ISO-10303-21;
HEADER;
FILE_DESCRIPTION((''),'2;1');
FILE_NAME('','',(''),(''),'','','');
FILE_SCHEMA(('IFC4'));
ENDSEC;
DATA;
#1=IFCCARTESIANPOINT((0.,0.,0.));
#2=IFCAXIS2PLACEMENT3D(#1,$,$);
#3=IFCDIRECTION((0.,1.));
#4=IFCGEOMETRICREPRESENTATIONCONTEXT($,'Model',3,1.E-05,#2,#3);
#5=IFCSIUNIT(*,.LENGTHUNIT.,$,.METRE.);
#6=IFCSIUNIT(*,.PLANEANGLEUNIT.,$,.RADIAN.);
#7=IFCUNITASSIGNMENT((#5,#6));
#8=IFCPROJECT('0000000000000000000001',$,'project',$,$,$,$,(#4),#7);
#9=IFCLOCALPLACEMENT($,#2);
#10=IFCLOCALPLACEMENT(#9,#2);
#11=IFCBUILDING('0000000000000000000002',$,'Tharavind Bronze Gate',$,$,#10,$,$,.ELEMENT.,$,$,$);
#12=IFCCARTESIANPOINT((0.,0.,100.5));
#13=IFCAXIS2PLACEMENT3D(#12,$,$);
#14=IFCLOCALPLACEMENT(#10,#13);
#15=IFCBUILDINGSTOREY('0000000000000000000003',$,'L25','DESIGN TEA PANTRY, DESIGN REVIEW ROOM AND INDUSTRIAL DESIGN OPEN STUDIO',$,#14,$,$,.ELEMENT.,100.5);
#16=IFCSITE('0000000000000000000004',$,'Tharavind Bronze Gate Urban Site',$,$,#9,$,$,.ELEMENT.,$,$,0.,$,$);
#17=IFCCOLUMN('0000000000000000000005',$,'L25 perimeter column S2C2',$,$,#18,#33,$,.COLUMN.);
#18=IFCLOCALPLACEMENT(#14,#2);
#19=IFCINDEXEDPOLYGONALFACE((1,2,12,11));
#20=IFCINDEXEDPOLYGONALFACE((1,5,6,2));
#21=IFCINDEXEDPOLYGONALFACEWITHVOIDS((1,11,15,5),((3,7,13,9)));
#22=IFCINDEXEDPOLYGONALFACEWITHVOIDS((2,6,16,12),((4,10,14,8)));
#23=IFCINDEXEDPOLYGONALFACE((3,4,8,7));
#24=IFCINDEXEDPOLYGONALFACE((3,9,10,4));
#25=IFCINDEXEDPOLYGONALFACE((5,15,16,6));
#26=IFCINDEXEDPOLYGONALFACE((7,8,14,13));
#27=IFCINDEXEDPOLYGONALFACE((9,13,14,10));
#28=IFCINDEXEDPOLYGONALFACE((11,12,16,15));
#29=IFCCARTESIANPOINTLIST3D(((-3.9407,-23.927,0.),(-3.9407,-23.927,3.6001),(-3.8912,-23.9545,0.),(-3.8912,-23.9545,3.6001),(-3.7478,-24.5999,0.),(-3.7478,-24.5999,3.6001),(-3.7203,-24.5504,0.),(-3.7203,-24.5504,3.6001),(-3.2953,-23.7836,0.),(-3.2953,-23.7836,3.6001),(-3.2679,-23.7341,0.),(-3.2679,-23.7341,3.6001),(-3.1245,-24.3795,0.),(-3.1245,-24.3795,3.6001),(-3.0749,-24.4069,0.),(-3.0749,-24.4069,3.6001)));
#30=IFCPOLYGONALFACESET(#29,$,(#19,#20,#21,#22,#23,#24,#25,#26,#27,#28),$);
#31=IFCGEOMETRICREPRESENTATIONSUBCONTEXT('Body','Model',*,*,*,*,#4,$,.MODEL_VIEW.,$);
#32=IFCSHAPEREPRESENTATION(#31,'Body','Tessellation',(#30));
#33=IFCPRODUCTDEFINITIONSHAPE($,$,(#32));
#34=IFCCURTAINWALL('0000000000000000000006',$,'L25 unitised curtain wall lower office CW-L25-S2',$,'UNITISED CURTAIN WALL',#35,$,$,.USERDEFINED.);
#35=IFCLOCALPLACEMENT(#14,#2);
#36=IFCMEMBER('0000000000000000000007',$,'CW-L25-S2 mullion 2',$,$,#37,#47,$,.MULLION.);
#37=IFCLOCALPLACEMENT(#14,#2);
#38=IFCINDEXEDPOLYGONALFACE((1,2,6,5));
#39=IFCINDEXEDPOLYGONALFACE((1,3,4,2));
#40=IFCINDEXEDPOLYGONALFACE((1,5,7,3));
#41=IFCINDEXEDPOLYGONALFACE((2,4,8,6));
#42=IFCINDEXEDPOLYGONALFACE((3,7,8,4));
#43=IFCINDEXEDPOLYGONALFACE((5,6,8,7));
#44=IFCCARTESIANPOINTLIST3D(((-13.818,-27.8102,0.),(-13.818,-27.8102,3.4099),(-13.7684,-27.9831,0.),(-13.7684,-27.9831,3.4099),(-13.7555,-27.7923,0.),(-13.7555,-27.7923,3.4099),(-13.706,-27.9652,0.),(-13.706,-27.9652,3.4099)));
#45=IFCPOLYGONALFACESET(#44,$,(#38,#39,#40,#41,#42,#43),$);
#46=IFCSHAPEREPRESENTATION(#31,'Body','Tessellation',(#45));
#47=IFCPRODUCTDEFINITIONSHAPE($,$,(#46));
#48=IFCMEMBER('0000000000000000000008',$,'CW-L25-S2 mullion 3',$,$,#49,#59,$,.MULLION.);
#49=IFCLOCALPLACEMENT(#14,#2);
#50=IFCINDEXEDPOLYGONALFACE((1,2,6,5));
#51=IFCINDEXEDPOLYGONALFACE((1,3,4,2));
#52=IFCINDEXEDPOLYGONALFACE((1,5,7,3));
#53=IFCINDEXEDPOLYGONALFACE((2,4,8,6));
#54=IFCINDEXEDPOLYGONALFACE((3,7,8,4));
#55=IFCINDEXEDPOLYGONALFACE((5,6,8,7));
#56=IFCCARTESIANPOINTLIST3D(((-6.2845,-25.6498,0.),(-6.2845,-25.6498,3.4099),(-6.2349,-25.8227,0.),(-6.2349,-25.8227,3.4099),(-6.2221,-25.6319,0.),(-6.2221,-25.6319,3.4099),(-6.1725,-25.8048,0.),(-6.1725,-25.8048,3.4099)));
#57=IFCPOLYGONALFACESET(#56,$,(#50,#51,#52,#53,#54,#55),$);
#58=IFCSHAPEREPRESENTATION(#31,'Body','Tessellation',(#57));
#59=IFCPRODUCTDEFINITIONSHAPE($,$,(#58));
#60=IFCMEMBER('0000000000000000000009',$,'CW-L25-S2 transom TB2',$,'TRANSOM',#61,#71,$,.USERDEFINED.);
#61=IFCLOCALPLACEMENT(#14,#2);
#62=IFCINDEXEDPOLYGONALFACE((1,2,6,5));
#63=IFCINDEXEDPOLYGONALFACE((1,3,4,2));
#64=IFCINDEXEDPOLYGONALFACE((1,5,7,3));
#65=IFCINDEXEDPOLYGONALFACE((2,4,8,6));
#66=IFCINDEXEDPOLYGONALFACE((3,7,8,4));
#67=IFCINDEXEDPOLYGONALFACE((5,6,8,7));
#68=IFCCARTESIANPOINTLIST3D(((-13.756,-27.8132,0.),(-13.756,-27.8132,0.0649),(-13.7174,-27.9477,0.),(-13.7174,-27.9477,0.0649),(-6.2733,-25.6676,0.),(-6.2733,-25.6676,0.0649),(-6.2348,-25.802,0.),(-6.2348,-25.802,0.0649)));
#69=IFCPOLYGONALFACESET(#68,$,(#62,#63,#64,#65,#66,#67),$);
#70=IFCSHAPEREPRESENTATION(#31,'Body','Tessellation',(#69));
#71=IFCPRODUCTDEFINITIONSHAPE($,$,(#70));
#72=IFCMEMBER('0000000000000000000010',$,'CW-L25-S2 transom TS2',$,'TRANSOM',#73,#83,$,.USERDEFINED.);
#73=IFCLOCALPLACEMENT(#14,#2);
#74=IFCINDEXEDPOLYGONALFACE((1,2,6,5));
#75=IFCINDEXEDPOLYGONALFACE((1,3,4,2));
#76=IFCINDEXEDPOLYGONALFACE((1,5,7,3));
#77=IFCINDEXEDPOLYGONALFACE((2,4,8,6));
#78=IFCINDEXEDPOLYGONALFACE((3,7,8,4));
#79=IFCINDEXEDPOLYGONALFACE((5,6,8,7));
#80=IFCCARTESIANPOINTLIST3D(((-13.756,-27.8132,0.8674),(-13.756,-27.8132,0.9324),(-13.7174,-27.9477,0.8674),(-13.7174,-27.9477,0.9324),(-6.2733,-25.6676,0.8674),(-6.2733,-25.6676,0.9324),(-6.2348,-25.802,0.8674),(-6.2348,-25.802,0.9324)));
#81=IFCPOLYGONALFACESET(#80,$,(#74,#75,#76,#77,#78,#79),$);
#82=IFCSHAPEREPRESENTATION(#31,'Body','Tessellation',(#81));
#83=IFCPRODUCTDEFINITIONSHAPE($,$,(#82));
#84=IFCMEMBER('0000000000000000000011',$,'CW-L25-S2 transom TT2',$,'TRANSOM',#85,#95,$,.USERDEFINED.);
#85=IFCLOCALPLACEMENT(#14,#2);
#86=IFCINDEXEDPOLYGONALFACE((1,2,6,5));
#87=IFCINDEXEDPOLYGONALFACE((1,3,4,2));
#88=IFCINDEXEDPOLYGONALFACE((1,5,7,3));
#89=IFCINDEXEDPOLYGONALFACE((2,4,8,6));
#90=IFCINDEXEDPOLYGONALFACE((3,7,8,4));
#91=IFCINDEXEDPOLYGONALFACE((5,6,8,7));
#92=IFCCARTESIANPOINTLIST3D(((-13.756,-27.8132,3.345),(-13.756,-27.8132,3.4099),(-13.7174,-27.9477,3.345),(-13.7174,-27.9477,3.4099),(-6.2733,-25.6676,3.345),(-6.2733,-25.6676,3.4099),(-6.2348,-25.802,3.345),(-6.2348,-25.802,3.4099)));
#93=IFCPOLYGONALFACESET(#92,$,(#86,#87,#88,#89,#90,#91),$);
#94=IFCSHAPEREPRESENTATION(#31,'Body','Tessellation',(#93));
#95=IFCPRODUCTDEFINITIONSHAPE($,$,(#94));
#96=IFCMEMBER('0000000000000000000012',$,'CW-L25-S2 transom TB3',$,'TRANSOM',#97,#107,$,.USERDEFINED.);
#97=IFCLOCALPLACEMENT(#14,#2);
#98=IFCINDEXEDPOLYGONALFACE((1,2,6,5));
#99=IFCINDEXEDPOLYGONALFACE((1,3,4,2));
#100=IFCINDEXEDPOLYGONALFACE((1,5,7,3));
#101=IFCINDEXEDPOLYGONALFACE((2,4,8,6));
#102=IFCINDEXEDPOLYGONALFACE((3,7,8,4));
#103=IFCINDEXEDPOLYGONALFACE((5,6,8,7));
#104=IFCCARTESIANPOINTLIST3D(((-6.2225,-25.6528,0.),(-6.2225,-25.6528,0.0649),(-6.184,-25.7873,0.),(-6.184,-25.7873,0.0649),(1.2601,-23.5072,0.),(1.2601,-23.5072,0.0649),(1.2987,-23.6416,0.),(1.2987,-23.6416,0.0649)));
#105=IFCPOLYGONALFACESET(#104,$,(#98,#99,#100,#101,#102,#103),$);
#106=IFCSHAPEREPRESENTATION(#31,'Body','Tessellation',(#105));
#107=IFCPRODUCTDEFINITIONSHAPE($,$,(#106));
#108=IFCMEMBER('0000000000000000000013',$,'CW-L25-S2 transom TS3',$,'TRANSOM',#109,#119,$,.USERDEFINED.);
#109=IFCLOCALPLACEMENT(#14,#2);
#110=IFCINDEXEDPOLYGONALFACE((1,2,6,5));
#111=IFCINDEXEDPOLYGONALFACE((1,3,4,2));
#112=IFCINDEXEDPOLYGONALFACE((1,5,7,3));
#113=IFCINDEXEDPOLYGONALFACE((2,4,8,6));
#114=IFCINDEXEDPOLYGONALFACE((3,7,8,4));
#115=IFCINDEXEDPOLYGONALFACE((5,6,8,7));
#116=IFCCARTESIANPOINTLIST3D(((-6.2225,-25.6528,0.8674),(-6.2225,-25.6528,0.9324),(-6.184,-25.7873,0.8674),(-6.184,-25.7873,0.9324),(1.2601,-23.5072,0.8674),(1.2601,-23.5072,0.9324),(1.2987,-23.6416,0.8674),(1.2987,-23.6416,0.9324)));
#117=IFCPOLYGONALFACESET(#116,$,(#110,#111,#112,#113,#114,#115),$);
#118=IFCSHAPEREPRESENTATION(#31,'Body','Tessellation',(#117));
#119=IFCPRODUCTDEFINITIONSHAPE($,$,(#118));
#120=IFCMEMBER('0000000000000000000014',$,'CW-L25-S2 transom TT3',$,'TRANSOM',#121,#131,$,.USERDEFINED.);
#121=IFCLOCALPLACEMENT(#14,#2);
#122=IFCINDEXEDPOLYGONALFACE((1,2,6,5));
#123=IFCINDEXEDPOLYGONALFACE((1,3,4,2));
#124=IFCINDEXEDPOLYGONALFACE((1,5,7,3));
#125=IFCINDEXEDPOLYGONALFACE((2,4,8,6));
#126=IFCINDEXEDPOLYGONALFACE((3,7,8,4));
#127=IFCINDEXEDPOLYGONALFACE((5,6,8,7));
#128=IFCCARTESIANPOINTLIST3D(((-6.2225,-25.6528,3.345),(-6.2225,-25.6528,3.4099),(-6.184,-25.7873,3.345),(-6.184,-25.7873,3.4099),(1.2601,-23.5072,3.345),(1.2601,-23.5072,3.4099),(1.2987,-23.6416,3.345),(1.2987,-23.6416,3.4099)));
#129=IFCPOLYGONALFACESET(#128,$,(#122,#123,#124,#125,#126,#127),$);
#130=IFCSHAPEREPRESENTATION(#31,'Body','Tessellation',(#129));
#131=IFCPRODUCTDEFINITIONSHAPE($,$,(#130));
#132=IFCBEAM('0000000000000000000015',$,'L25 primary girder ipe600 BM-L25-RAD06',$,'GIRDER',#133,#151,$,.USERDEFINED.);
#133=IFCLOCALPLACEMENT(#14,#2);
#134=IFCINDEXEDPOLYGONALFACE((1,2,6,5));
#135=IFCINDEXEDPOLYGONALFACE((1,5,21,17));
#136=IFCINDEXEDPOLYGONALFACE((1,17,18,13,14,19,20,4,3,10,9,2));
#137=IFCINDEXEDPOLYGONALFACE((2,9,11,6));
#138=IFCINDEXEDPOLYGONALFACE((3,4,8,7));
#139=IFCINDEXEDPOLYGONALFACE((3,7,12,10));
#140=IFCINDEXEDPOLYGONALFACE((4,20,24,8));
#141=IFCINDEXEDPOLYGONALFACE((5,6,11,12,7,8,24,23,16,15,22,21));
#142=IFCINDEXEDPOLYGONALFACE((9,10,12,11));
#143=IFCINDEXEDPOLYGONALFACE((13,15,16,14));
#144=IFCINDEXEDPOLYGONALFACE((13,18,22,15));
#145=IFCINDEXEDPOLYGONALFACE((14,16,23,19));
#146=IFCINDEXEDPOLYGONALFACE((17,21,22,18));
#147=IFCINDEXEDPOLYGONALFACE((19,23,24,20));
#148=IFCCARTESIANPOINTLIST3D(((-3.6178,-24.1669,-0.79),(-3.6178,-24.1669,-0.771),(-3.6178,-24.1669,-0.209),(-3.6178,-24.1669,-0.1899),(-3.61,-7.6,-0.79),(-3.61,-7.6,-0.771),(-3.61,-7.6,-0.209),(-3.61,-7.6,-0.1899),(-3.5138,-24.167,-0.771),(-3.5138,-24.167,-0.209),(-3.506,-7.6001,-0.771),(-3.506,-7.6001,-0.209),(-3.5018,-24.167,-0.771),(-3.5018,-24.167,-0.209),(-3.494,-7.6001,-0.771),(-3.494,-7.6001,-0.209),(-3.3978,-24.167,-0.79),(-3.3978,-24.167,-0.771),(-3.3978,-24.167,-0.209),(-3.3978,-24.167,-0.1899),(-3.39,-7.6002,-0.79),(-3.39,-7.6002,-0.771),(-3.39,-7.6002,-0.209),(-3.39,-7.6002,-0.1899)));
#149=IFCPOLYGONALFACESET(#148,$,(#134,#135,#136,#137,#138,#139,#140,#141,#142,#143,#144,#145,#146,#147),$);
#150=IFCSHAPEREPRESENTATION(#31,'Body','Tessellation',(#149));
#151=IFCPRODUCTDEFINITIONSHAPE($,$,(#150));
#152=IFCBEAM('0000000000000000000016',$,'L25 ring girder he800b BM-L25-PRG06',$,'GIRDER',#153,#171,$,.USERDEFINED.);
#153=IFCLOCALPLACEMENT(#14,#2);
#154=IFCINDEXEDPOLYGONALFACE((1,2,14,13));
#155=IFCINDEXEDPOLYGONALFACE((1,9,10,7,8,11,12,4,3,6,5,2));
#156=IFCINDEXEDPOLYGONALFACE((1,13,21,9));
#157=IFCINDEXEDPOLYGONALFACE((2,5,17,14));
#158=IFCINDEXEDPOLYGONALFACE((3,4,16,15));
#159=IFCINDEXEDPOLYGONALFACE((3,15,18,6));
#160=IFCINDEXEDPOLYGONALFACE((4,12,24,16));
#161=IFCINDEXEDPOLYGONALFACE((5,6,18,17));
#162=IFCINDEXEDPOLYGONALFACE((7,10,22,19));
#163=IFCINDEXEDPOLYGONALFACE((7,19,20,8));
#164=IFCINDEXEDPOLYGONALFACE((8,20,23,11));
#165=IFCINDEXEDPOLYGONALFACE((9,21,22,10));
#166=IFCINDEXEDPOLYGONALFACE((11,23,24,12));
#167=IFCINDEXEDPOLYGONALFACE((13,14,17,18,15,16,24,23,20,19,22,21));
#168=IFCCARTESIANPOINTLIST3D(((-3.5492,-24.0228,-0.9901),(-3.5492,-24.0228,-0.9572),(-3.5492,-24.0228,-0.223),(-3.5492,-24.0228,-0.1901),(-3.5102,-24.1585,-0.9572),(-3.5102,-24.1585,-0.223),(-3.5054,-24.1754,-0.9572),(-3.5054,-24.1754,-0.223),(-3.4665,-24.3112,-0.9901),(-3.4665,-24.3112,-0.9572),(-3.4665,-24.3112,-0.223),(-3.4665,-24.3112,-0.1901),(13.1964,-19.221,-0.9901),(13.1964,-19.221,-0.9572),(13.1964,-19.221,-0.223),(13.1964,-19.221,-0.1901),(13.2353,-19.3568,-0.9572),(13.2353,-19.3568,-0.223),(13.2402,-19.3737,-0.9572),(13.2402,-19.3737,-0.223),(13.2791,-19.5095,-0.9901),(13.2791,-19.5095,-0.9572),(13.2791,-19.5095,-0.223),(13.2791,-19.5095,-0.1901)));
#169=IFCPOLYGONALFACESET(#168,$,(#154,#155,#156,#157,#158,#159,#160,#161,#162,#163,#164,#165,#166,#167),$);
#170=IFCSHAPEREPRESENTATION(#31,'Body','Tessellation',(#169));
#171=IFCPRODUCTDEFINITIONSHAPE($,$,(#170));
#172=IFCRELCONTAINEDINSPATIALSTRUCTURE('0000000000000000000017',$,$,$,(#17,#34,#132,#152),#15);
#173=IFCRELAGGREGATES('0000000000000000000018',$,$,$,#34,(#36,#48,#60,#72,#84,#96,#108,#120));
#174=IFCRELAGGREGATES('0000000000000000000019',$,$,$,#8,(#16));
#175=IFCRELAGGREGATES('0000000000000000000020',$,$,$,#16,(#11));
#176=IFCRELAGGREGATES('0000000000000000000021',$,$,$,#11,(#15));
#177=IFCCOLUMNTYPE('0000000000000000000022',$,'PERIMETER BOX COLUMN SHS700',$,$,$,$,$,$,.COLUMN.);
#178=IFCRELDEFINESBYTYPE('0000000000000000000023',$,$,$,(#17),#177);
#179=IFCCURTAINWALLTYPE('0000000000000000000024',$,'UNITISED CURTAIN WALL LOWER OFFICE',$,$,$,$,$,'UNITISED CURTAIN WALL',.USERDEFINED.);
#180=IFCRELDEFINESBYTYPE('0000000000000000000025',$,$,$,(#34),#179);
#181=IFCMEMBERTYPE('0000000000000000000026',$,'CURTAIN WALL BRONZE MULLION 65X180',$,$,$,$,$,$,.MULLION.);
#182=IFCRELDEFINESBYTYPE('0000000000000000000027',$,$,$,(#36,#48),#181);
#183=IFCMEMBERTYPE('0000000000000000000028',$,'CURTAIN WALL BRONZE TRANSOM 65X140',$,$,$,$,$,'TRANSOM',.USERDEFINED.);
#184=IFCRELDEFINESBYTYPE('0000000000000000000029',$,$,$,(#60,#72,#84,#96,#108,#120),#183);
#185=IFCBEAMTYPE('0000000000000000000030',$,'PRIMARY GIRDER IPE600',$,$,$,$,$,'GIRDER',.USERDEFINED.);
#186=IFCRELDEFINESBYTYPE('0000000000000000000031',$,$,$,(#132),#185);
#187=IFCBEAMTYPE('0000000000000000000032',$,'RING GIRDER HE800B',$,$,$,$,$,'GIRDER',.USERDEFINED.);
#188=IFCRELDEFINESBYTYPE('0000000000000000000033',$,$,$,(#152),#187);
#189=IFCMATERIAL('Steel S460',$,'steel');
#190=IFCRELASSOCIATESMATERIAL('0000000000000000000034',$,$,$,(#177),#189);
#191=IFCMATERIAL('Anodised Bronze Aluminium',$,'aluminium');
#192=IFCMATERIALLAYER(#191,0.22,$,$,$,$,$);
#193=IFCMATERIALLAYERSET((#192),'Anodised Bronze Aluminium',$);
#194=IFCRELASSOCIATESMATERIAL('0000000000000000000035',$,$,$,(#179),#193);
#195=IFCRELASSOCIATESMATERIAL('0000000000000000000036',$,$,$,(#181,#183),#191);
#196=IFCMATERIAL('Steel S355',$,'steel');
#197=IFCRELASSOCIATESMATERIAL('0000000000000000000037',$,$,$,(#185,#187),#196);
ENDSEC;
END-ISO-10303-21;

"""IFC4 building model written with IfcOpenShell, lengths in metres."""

from ifc_helpers import new_model, si_unit, direction, frame, origin, origin_2d, place, context, subcontext, project, spatial, rectangle, hollow_rectangle, i_section, extrude, material, layer, layer_set, material_profile, profile_set, type_object, element, aggregate, save


model = new_model("IFC4")

# Units and contexts
model_context = context("Model", 3, precision=1e-05, world=origin(), true_north=direction((0.0, 1.0)))
body_context = subcontext(model_context, "Body", "Model", "MODEL_VIEW")
ifc_project = project(units=[si_unit("LENGTHUNIT", "METRE"), si_unit("PLANEANGLEUNIT", "RADIAN")], contexts=[model_context])

# Site, building, storey
site_placement = place(None, origin())
site = spatial("IfcSite", under=ifc_project, at=site_placement, Name="Tharavind Bronze Gate Urban Site", CompositionType="ELEMENT", RefElevation=0.0)
building_placement = place(site_placement, origin())
building = spatial("IfcBuilding", under=site, at=building_placement, Name="Tharavind Bronze Gate", CompositionType="ELEMENT")
storey_placement = place(building_placement, frame((0.0, 0.0, 100.5)))
storey = spatial("IfcBuildingStorey", under=building, at=storey_placement, Name="L25", Description="DESIGN TEA PANTRY, DESIGN REVIEW ROOM AND INDUSTRIAL DESIGN OPEN STUDIO", CompositionType="ELEMENT", Elevation=100.5)

# Column
ifc_material_1 = material(Name="Steel S460", Category="steel")
ifc_material_profile_1 = material_profile(ifc_material_1, hollow_rectangle(XDim=0.7, YDim=0.7, WallThickness=0.04, at=origin_2d()), Name="SHS700X40")
ifc_profile_set_1 = profile_set([ifc_material_profile_1], Name="Steel S460")
column_type = type_object("IfcColumnType", Name="PERIMETER BOX COLUMN SHS700", PredefinedType="COLUMN", material=ifc_profile_set_1)
column_placement = place(storey_placement, frame((-3.5078, -24.167, 0.0), z_axis=(0.0, 0.0, 1.0), x_axis=(0.961262, 0.275637, 0.0)))
element("IfcColumn", 1, at=column_placement, inside=storey, type_object=column_type, Name="L25 perimeter column S2C2", PredefinedType="COLUMN", context=body_context, shape_type="SweptSolid", body=[
    extrude(hollow_rectangle(XDim=0.7, YDim=0.7, WallThickness=0.04, at=origin_2d()), origin(), (0.0, 0.0, 1.0), 3.6001),
])

# Curtain wall, members
ifc_material_2 = material(Name="Anodised Bronze Aluminium", Category="aluminium")
ifc_layer_1 = layer(ifc_material_2, 0.22)
ifc_layer_set_1 = layer_set([ifc_layer_1], Name="Anodised Bronze Aluminium")
curtain_wall_type = type_object("IfcCurtainWallType", Name="UNITISED CURTAIN WALL LOWER OFFICE", ElementType="UNITISED CURTAIN WALL", PredefinedType="USERDEFINED", material=ifc_layer_set_1)
curtain_wall_placement = place(storey_placement, origin())
curtain_wall = element("IfcCurtainWall", 2, at=curtain_wall_placement, inside=storey, type_object=curtain_wall_type, Name="L25 unitised curtain wall lower office CW-L25-S2", ObjectType="UNITISED CURTAIN WALL", PredefinedType="USERDEFINED")
member_type_1 = type_object("IfcMemberType", Name="CURTAIN WALL BRONZE MULLION 65X180", PredefinedType="MULLION", material=ifc_material_2)
member_1_placement = place(storey_placement, frame((-13.762, -27.8877, 0.0), z_axis=(0.0, 0.0, 1.0), x_axis=(0.961262, 0.275637, 0.0)))
member_1 = element("IfcMember", 3, at=member_1_placement, type_object=member_type_1, Name="CW-L25-S2 mullion 2", PredefinedType="MULLION", context=body_context, shape_type="SweptSolid", body=[
    extrude(rectangle(XDim=0.0649, YDim=0.1799, at=origin_2d()), origin(), (0.0, 0.0, 1.0), 3.4099),
])
member_2_placement = place(storey_placement, frame((-6.2285, -25.7273, 0.0), z_axis=(0.0, 0.0, 1.0), x_axis=(0.961262, 0.275637, 0.0)))
member_2 = element("IfcMember", 4, at=member_2_placement, type_object=member_type_1, Name="CW-L25-S2 mullion 3", PredefinedType="MULLION", context=body_context, shape_type="SweptSolid", body=[
    extrude(rectangle(XDim=0.0649, YDim=0.1799, at=origin_2d()), origin(), (0.0, 0.0, 1.0), 3.4099),
])
member_type_2 = type_object("IfcMemberType", Name="CURTAIN WALL BRONZE TRANSOM 65X140", ElementType="TRANSOM", PredefinedType="USERDEFINED", material=ifc_material_2)
member_3_placement = place(storey_placement, frame((-9.9954, -26.8076, 0.0), z_axis=(0.0, 0.0, 1.0), x_axis=(0.961262, 0.275637, 0.0)))
member_3 = element("IfcMember", 5, at=member_3_placement, type_object=member_type_2, Name="CW-L25-S2 transom TB2", ObjectType="TRANSOM", PredefinedType="USERDEFINED", context=body_context, shape_type="SweptSolid", body=[
    extrude(rectangle(XDim=7.7842, YDim=0.1399, at=origin_2d()), origin(), (0.0, 0.0, 1.0), 0.0649),
])
member_4_placement = place(storey_placement, frame((-9.9954, -26.8076, 0.8674), z_axis=(0.0, 0.0, 1.0), x_axis=(0.961262, 0.275637, 0.0)))
member_4 = element("IfcMember", 6, at=member_4_placement, type_object=member_type_2, Name="CW-L25-S2 transom TS2", ObjectType="TRANSOM", PredefinedType="USERDEFINED", context=body_context, shape_type="SweptSolid", body=[
    extrude(rectangle(XDim=7.7842, YDim=0.1399, at=origin_2d()), origin(), (0.0, 0.0, 1.0), 0.0649),
])
member_5_placement = place(storey_placement, frame((-9.9954, -26.8076, 3.345), z_axis=(0.0, 0.0, 1.0), x_axis=(0.961262, 0.275637, 0.0)))
member_5 = element("IfcMember", 7, at=member_5_placement, type_object=member_type_2, Name="CW-L25-S2 transom TT2", ObjectType="TRANSOM", PredefinedType="USERDEFINED", context=body_context, shape_type="SweptSolid", body=[
    extrude(rectangle(XDim=7.7842, YDim=0.1399, at=origin_2d()), origin(), (0.0, 0.0, 1.0), 0.0649),
])
member_6_placement = place(storey_placement, frame((-2.4619, -24.6472, 0.0), z_axis=(0.0, 0.0, 1.0), x_axis=(0.961262, 0.275637, 0.0)))
member_6 = element("IfcMember", 8, at=member_6_placement, type_object=member_type_2, Name="CW-L25-S2 transom TB3", ObjectType="TRANSOM", PredefinedType="USERDEFINED", context=body_context, shape_type="SweptSolid", body=[
    extrude(rectangle(XDim=7.7842, YDim=0.1399, at=origin_2d()), origin(), (0.0, 0.0, 1.0), 0.0649),
])
member_7_placement = place(storey_placement, frame((-2.4619, -24.6472, 0.8674), z_axis=(0.0, 0.0, 1.0), x_axis=(0.961262, 0.275637, 0.0)))
member_7 = element("IfcMember", 9, at=member_7_placement, type_object=member_type_2, Name="CW-L25-S2 transom TS3", ObjectType="TRANSOM", PredefinedType="USERDEFINED", context=body_context, shape_type="SweptSolid", body=[
    extrude(rectangle(XDim=7.7842, YDim=0.1399, at=origin_2d()), origin(), (0.0, 0.0, 1.0), 0.0649),
])
member_8_placement = place(storey_placement, frame((-2.4619, -24.6472, 3.345), z_axis=(0.0, 0.0, 1.0), x_axis=(0.961262, 0.275637, 0.0)))
member_8 = element("IfcMember", 10, at=member_8_placement, type_object=member_type_2, Name="CW-L25-S2 transom TT3", ObjectType="TRANSOM", PredefinedType="USERDEFINED", context=body_context, shape_type="SweptSolid", body=[
    extrude(rectangle(XDim=7.7842, YDim=0.1399, at=origin_2d()), origin(), (0.0, 0.0, 1.0), 0.0649),
])

# Beams
ifc_material_3 = material(Name="Steel S355", Category="steel")
ifc_material_profile_2 = material_profile(ifc_material_3, i_section(OverallWidth=0.22, OverallDepth=0.6001, WebThickness=0.012, FlangeThickness=0.019, at=origin_2d()), Name="IPE600")
ifc_profile_set_2 = profile_set([ifc_material_profile_2], Name="Steel S355")
beam_type_1 = type_object("IfcBeamType", Name="PRIMARY GIRDER IPE600", ElementType="GIRDER", PredefinedType="USERDEFINED", material=ifc_profile_set_2)
beam_1_placement = place(storey_placement, frame((-3.5078, -24.167, -0.49), z_axis=(0.000472, 1.0, 0.0), x_axis=(-1.0, 0.000472, 0.0)))
element("IfcBeam", 11, at=beam_1_placement, inside=storey, type_object=beam_type_1, Name="L25 primary girder ipe600 BM-L25-RAD06", ObjectType="GIRDER", PredefinedType="USERDEFINED", context=body_context, shape_type="SweptSolid", body=[
    extrude(i_section(OverallWidth=0.22, OverallDepth=0.6001, WebThickness=0.012, FlangeThickness=0.019, at=origin_2d()), origin(), (0.0, 0.0, 1.0), 16.5669),
])
ifc_material_profile_3 = material_profile(ifc_material_3, i_section(OverallWidth=0.3, OverallDepth=0.8, WebThickness=0.0176, FlangeThickness=0.033, at=origin_2d()), Name="HE800B")
ifc_profile_set_3 = profile_set([ifc_material_profile_3], Name="Steel S355")
beam_type_2 = type_object("IfcBeamType", Name="RING GIRDER HE800B", ElementType="GIRDER", PredefinedType="USERDEFINED", material=ifc_profile_set_3)
beam_2_placement = place(storey_placement, frame((-3.5078, -24.167, -0.5901), z_axis=(0.961261, 0.275639, 0.0), x_axis=(-0.275639, 0.961261, 0.0)))
element("IfcBeam", 12, at=beam_2_placement, inside=storey, type_object=beam_type_2, Name="L25 ring girder he800b BM-L25-PRG06", ObjectType="GIRDER", PredefinedType="USERDEFINED", context=body_context, shape_type="SweptSolid", body=[
    extrude(i_section(OverallWidth=0.3, OverallDepth=0.8, WebThickness=0.0176, FlangeThickness=0.033, at=origin_2d()), origin(), (0.0, 0.0, 1.0), 17.4204),
])

aggregate(curtain_wall, [member_1, member_2, member_3, member_4, member_5, member_6, member_7, member_8])

save(model, "model.ifc")
